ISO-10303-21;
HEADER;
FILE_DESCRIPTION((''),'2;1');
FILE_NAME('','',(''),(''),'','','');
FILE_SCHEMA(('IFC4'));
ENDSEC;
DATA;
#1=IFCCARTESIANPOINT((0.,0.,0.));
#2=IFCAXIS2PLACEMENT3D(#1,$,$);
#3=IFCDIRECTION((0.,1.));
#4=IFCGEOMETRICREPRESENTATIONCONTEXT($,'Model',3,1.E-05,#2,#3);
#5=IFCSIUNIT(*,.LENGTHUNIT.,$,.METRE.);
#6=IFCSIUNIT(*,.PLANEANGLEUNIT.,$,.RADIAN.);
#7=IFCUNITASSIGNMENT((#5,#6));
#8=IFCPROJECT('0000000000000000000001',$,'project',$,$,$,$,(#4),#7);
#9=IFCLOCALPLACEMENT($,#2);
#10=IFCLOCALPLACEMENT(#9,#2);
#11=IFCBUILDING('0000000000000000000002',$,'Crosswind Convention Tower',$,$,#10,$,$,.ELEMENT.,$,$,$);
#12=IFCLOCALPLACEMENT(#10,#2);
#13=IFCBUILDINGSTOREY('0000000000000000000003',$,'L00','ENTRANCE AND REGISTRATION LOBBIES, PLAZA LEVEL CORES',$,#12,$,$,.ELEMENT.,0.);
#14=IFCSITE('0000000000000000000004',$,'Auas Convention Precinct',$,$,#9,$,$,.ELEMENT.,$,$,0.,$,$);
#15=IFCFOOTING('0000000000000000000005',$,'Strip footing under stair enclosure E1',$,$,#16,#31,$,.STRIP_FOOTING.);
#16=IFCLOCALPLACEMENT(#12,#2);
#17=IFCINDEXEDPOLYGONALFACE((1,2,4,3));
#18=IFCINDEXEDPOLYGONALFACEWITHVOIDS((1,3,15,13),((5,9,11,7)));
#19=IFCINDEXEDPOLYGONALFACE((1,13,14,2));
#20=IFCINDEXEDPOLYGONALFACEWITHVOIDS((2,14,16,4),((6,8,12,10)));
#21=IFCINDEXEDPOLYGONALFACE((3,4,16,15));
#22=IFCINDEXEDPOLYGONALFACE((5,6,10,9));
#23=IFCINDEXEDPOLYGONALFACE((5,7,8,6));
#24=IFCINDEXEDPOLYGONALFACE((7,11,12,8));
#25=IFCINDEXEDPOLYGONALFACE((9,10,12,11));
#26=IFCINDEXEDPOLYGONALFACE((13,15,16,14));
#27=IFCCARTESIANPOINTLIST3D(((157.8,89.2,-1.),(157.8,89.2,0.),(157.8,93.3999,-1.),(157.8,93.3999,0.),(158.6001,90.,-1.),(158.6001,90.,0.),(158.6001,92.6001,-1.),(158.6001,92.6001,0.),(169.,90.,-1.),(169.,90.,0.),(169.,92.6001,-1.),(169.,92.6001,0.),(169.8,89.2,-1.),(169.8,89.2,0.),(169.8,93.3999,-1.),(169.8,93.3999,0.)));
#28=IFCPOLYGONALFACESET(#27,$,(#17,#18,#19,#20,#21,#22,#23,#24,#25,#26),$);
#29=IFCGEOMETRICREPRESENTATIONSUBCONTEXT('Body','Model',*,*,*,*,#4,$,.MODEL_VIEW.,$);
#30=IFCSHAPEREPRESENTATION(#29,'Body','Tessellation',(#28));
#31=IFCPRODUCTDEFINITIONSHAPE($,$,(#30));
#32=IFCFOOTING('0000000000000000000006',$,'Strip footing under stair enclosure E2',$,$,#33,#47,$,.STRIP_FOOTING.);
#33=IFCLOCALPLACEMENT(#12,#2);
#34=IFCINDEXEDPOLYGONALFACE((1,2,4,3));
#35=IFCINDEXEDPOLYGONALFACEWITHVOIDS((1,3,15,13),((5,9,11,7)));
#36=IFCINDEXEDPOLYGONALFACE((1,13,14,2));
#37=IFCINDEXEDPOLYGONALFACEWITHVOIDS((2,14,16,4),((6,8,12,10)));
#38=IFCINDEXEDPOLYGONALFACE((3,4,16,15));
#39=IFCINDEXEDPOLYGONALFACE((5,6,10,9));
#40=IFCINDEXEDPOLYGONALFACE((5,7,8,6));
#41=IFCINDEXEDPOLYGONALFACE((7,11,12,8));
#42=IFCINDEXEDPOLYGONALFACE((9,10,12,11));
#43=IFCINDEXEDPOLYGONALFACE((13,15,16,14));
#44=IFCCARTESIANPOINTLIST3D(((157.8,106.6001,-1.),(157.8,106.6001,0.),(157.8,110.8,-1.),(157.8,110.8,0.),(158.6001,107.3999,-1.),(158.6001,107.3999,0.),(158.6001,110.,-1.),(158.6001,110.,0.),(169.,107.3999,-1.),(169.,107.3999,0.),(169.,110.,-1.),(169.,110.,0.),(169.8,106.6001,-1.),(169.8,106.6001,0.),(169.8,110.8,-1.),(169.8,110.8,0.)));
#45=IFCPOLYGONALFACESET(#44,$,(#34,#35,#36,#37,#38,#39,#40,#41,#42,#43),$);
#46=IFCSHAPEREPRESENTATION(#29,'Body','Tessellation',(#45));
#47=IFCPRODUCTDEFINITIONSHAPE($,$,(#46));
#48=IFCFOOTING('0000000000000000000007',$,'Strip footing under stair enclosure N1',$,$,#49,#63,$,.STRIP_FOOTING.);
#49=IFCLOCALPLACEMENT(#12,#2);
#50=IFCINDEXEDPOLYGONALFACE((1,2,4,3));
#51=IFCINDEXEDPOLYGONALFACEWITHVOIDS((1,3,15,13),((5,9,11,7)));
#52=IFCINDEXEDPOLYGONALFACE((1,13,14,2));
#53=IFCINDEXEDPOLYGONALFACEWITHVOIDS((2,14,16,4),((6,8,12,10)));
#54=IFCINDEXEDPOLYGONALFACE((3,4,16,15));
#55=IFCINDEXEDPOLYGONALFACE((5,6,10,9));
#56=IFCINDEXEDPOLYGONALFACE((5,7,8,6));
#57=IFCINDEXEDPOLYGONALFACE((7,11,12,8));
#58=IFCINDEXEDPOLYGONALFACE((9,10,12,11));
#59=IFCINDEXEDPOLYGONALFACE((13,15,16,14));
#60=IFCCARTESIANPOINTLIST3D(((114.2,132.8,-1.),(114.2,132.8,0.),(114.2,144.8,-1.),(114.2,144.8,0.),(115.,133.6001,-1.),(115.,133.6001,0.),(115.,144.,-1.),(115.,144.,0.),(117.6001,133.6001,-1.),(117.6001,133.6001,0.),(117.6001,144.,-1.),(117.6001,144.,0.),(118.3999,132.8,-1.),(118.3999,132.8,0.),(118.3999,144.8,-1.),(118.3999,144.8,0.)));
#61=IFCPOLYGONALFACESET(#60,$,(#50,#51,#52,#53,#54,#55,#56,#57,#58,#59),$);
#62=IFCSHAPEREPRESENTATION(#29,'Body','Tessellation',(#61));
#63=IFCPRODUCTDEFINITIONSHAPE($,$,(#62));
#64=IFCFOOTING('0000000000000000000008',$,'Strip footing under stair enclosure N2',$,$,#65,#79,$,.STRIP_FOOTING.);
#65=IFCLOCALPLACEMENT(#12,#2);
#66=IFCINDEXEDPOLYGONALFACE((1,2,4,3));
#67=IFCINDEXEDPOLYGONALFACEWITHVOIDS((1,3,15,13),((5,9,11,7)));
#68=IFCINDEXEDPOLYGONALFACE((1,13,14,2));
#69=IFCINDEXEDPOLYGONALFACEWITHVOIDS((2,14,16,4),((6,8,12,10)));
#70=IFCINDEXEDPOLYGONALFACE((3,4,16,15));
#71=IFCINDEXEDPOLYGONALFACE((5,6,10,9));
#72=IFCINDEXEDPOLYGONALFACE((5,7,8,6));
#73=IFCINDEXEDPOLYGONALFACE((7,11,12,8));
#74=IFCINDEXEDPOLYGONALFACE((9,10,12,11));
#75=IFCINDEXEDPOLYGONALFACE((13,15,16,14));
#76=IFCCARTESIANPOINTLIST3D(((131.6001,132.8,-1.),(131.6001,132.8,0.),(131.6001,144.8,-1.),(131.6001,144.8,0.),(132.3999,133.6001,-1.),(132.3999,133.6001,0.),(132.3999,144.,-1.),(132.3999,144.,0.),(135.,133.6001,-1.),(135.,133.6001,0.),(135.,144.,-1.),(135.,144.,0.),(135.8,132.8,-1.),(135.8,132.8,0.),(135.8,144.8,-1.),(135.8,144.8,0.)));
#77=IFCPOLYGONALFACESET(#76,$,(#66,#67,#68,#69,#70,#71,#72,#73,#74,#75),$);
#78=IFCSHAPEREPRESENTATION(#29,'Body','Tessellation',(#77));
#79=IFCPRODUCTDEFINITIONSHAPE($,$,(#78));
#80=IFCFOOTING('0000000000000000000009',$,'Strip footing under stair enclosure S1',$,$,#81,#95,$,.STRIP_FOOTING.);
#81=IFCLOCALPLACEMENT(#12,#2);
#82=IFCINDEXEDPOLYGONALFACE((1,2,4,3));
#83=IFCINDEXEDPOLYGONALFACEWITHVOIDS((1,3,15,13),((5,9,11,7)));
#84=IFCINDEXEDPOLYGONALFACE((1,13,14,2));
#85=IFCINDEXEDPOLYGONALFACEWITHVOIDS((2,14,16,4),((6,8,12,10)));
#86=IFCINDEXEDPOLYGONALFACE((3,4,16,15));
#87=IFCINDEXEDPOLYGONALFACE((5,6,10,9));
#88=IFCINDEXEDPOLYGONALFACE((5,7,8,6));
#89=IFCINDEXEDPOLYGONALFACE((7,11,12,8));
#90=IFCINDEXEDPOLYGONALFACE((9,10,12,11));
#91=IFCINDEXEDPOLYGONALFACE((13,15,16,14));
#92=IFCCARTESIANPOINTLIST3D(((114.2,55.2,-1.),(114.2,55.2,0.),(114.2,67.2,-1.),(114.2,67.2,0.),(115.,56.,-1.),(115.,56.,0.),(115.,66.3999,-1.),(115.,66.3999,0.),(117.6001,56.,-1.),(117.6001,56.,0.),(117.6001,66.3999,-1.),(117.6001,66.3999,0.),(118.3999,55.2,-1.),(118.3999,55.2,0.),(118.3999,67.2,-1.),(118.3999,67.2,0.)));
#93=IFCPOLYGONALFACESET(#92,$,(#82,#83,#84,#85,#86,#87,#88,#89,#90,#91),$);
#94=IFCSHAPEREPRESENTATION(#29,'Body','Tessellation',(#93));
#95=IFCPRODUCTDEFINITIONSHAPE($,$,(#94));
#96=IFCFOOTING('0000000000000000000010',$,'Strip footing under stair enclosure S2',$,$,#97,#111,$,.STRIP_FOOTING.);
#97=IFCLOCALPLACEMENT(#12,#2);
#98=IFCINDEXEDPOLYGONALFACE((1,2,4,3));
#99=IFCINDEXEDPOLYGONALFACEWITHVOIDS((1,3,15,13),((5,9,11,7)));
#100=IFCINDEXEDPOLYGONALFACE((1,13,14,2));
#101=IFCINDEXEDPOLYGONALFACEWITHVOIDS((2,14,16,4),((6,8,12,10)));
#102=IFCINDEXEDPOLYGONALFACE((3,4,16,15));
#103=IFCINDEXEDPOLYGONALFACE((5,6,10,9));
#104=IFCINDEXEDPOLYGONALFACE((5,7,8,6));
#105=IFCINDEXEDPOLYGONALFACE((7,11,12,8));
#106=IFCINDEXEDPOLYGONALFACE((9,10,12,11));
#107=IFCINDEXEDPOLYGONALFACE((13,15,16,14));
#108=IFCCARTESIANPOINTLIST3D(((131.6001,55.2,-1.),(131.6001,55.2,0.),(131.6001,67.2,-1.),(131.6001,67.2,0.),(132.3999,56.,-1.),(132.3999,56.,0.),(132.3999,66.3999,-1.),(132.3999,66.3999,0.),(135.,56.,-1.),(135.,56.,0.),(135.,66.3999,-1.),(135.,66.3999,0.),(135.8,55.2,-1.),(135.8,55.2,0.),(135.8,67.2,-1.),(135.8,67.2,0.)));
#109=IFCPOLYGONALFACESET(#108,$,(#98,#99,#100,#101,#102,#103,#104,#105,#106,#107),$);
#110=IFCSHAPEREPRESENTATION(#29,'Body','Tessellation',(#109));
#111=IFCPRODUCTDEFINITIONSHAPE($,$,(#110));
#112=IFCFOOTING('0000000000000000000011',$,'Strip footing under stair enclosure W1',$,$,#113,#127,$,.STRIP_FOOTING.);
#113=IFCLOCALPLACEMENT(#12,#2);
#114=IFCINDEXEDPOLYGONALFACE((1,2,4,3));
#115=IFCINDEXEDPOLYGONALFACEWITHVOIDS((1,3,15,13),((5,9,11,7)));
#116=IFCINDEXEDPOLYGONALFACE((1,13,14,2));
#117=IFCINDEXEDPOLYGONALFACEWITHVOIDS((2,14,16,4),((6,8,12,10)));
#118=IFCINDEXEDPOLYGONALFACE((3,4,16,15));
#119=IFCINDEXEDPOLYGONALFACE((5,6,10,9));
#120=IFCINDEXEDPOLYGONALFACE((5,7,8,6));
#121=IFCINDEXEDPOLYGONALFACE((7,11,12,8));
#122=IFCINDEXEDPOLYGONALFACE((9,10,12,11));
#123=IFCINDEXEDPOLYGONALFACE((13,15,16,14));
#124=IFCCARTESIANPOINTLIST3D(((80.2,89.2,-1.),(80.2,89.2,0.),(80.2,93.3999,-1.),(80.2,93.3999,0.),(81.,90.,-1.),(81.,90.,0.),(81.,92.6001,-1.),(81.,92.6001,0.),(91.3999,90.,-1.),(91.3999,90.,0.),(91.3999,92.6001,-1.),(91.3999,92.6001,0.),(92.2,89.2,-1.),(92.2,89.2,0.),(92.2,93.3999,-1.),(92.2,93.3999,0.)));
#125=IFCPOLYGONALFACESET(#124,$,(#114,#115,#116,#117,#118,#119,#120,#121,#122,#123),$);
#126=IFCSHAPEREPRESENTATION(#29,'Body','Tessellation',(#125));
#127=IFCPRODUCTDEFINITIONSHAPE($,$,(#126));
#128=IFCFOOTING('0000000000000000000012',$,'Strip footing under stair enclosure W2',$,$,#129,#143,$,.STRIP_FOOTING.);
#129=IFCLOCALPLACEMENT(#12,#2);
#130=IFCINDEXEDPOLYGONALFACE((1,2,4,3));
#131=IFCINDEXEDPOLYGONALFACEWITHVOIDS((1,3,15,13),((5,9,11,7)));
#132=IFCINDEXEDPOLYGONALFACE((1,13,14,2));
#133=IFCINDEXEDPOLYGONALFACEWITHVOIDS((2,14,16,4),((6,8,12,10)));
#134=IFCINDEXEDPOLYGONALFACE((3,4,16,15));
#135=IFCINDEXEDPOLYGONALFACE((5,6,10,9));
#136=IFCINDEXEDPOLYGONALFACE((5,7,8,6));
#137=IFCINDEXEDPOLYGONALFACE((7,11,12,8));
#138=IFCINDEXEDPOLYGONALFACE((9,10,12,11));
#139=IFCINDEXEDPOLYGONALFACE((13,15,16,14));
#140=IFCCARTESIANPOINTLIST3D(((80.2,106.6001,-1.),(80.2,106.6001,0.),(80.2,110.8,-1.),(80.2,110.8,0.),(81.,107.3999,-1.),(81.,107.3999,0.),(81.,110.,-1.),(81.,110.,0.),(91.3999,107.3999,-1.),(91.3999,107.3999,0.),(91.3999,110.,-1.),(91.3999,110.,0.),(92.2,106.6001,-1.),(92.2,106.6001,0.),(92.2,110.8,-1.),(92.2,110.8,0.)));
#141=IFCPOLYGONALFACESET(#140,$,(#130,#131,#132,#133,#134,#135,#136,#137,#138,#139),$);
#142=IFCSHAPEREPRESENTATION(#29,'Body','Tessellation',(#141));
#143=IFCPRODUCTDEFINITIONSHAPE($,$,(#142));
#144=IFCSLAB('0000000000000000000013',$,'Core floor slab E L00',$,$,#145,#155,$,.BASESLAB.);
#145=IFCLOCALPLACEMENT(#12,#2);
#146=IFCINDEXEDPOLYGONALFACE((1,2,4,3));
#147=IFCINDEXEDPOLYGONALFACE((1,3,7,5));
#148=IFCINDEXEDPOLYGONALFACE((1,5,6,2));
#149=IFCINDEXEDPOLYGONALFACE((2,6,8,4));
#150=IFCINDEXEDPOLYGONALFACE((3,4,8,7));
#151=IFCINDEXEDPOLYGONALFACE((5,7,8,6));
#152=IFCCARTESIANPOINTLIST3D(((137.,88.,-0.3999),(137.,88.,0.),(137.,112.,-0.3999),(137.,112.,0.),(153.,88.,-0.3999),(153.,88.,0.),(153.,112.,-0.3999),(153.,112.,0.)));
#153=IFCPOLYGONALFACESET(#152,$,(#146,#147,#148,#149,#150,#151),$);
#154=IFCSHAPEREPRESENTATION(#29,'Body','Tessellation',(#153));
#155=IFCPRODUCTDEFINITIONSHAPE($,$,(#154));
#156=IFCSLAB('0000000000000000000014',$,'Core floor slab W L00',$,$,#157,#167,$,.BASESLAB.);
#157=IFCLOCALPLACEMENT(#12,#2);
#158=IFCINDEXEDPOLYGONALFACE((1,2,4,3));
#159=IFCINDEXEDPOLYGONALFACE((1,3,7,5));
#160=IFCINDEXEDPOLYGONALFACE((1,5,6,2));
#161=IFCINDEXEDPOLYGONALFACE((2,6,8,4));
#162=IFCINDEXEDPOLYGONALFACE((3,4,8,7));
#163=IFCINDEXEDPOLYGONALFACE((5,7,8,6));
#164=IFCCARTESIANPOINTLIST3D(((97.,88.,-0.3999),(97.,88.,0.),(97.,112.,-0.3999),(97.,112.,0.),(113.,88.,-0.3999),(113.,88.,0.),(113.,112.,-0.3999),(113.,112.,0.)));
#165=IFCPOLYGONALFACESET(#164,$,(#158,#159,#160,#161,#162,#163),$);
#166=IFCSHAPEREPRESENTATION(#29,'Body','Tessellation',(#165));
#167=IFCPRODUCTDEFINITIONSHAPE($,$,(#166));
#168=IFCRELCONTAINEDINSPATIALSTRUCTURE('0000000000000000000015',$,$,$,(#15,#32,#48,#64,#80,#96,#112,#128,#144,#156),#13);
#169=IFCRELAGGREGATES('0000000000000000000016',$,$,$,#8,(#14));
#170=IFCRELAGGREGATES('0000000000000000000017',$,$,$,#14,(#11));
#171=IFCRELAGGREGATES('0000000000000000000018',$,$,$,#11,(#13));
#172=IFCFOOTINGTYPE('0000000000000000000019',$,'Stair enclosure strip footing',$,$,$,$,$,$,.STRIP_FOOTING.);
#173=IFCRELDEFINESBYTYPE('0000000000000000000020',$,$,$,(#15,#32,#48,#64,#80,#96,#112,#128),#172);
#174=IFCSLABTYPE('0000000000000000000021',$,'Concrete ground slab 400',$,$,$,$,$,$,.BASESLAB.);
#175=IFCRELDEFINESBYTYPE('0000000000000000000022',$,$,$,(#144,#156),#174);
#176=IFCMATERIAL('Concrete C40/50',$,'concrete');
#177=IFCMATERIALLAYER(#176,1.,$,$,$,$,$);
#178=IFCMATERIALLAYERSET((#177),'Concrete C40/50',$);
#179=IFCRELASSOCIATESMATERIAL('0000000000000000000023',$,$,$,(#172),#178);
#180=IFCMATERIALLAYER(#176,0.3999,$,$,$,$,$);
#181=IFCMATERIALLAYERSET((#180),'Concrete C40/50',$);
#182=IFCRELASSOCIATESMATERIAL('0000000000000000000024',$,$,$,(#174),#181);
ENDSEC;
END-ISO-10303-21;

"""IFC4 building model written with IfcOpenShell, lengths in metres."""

from ifc_helpers import new_model, si_unit, direction, frame, origin, place, context, subcontext, project, spatial, polyline, outline, extrude, material, layer, layer_set, type_object, element, save


model = new_model("IFC4")

# Units and contexts
model_context = context("Model", 3, precision=1e-05, world=origin(), true_north=direction((0.0, 1.0)))
body_context = subcontext(model_context, "Body", "Model", "MODEL_VIEW")
ifc_project = project(units=[si_unit("LENGTHUNIT", "METRE"), si_unit("PLANEANGLEUNIT", "RADIAN")], contexts=[model_context])

# Site, building, storey
site_placement = place(None, origin())
site = spatial("IfcSite", under=ifc_project, at=site_placement, Name="Auas Convention Precinct", CompositionType="ELEMENT", RefElevation=0.0)
building_placement = place(site_placement, origin())
building = spatial("IfcBuilding", under=site, at=building_placement, Name="Crosswind Convention Tower", CompositionType="ELEMENT")
storey_placement = place(building_placement, origin())
storey = spatial("IfcBuildingStorey", under=building, at=storey_placement, Name="L00", Description="ENTRANCE AND REGISTRATION LOBBIES, PLAZA LEVEL CORES", CompositionType="ELEMENT", Elevation=0.0)

# Footings
ifc_material_1 = material(Name="Concrete C40/50", Category="concrete")
ifc_layer_1 = layer(ifc_material_1, 1.0)
ifc_layer_set_1 = layer_set([ifc_layer_1], Name="Concrete C40/50")
footing_type = type_object("IfcFootingType", Name="Stair enclosure strip footing", PredefinedType="STRIP_FOOTING", material=ifc_layer_set_1)
footing_1_placement = place(storey_placement, frame((0.0, 0.0, -1.0)))
element("IfcFooting", 1, at=footing_1_placement, inside=storey, type_object=footing_type, Name="Strip footing under stair enclosure E1", PredefinedType="STRIP_FOOTING", context=body_context, shape_type="SweptSolid", body=[
    extrude(outline(polyline([(157.8, 89.2), (169.8, 89.2), (169.8, 93.3999), (157.8, 93.3999), (157.8, 89.2)]), holes=[polyline([(158.6001, 90.0), (158.6001, 92.6001), (169.0, 92.6001), (169.0, 90.0), (158.6001, 90.0)])]), origin(), (0.0, 0.0, 1.0), 1.0),
])
footing_2_placement = place(storey_placement, frame((0.0, 0.0, -1.0)))
element("IfcFooting", 2, at=footing_2_placement, inside=storey, type_object=footing_type, Name="Strip footing under stair enclosure E2", PredefinedType="STRIP_FOOTING", context=body_context, shape_type="SweptSolid", body=[
    extrude(outline(polyline([(157.8, 106.6001), (169.8, 106.6001), (169.8, 110.8), (157.8, 110.8), (157.8, 106.6001)]), holes=[polyline([(158.6001, 107.3999), (158.6001, 110.0), (169.0, 110.0), (169.0, 107.3999), (158.6001, 107.3999)])]), origin(), (0.0, 0.0, 1.0), 1.0),
])
footing_3_placement = place(storey_placement, frame((0.0, 0.0, -1.0)))
element("IfcFooting", 3, at=footing_3_placement, inside=storey, type_object=footing_type, Name="Strip footing under stair enclosure N1", PredefinedType="STRIP_FOOTING", context=body_context, shape_type="SweptSolid", body=[
    extrude(outline(polyline([(114.2, 132.8), (118.3999, 132.8), (118.3999, 144.8), (114.2, 144.8), (114.2, 132.8)]), holes=[polyline([(115.0, 133.6001), (115.0, 144.0), (117.6001, 144.0), (117.6001, 133.6001), (115.0, 133.6001)])]), origin(), (0.0, 0.0, 1.0), 1.0),
])
footing_4_placement = place(storey_placement, frame((0.0, 0.0, -1.0)))
element("IfcFooting", 4, at=footing_4_placement, inside=storey, type_object=footing_type, Name="Strip footing under stair enclosure N2", PredefinedType="STRIP_FOOTING", context=body_context, shape_type="SweptSolid", body=[
    extrude(outline(polyline([(131.6001, 132.8), (135.8, 132.8), (135.8, 144.8), (131.6001, 144.8), (131.6001, 132.8)]), holes=[polyline([(132.3999, 133.6001), (132.3999, 144.0), (135.0, 144.0), (135.0, 133.6001), (132.3999, 133.6001)])]), origin(), (0.0, 0.0, 1.0), 1.0),
])
footing_5_placement = place(storey_placement, frame((0.0, 0.0, -1.0)))
element("IfcFooting", 5, at=footing_5_placement, inside=storey, type_object=footing_type, Name="Strip footing under stair enclosure S1", PredefinedType="STRIP_FOOTING", context=body_context, shape_type="SweptSolid", body=[
    extrude(outline(polyline([(114.2, 55.2), (118.3999, 55.2), (118.3999, 67.2), (114.2, 67.2), (114.2, 55.2)]), holes=[polyline([(115.0, 56.0), (115.0, 66.3999), (117.6001, 66.3999), (117.6001, 56.0), (115.0, 56.0)])]), origin(), (0.0, 0.0, 1.0), 1.0),
])
footing_6_placement = place(storey_placement, frame((0.0, 0.0, -1.0)))
element("IfcFooting", 6, at=footing_6_placement, inside=storey, type_object=footing_type, Name="Strip footing under stair enclosure S2", PredefinedType="STRIP_FOOTING", context=body_context, shape_type="SweptSolid", body=[
    extrude(outline(polyline([(131.6001, 55.2), (135.8, 55.2), (135.8, 67.2), (131.6001, 67.2), (131.6001, 55.2)]), holes=[polyline([(132.3999, 56.0), (132.3999, 66.3999), (135.0, 66.3999), (135.0, 56.0), (132.3999, 56.0)])]), origin(), (0.0, 0.0, 1.0), 1.0),
])
footing_7_placement = place(storey_placement, frame((0.0, 0.0, -1.0)))
element("IfcFooting", 7, at=footing_7_placement, inside=storey, type_object=footing_type, Name="Strip footing under stair enclosure W1", PredefinedType="STRIP_FOOTING", context=body_context, shape_type="SweptSolid", body=[
    extrude(outline(polyline([(80.2, 89.2), (92.2, 89.2), (92.2, 93.3999), (80.2, 93.3999), (80.2, 89.2)]), holes=[polyline([(81.0, 90.0), (81.0, 92.6001), (91.3999, 92.6001), (91.3999, 90.0), (81.0, 90.0)])]), origin(), (0.0, 0.0, 1.0), 1.0),
])
footing_8_placement = place(storey_placement, frame((0.0, 0.0, -1.0)))
element("IfcFooting", 8, at=footing_8_placement, inside=storey, type_object=footing_type, Name="Strip footing under stair enclosure W2", PredefinedType="STRIP_FOOTING", context=body_context, shape_type="SweptSolid", body=[
    extrude(outline(polyline([(80.2, 106.6001), (92.2, 106.6001), (92.2, 110.8), (80.2, 110.8), (80.2, 106.6001)]), holes=[polyline([(81.0, 107.3999), (81.0, 110.0), (91.3999, 110.0), (91.3999, 107.3999), (81.0, 107.3999)])]), origin(), (0.0, 0.0, 1.0), 1.0),
])

# Slabs
ifc_layer_2 = layer(ifc_material_1, 0.3999)
ifc_layer_set_2 = layer_set([ifc_layer_2], Name="Concrete C40/50")
slab_type_1 = type_object("IfcSlabType", Name="Concrete ground slab 400", PredefinedType="BASESLAB", material=ifc_layer_set_2)
slab_1_placement = place(storey_placement, frame((0.0, 0.0, -0.3999)))
element("IfcSlab", 9, at=slab_1_placement, inside=storey, type_object=slab_type_1, Name="Core floor slab E L00", PredefinedType="BASESLAB", context=body_context, shape_type="SweptSolid", body=[
    extrude(outline(polyline([(137.0, 88.0), (153.0, 88.0), (153.0, 112.0), (137.0, 112.0), (137.0, 88.0)])), origin(), (0.0, 0.0, 1.0), 0.3999),
])
slab_2_placement = place(storey_placement, frame((0.0, 0.0, -0.3999)))
element("IfcSlab", 10, at=slab_2_placement, inside=storey, type_object=slab_type_1, Name="Core floor slab W L00", PredefinedType="BASESLAB", context=body_context, shape_type="SweptSolid", body=[
    extrude(outline(polyline([(97.0, 88.0), (113.0, 88.0), (113.0, 112.0), (97.0, 112.0), (97.0, 88.0)])), origin(), (0.0, 0.0, 1.0), 0.3999),
])

save(model, "model.ifc")
